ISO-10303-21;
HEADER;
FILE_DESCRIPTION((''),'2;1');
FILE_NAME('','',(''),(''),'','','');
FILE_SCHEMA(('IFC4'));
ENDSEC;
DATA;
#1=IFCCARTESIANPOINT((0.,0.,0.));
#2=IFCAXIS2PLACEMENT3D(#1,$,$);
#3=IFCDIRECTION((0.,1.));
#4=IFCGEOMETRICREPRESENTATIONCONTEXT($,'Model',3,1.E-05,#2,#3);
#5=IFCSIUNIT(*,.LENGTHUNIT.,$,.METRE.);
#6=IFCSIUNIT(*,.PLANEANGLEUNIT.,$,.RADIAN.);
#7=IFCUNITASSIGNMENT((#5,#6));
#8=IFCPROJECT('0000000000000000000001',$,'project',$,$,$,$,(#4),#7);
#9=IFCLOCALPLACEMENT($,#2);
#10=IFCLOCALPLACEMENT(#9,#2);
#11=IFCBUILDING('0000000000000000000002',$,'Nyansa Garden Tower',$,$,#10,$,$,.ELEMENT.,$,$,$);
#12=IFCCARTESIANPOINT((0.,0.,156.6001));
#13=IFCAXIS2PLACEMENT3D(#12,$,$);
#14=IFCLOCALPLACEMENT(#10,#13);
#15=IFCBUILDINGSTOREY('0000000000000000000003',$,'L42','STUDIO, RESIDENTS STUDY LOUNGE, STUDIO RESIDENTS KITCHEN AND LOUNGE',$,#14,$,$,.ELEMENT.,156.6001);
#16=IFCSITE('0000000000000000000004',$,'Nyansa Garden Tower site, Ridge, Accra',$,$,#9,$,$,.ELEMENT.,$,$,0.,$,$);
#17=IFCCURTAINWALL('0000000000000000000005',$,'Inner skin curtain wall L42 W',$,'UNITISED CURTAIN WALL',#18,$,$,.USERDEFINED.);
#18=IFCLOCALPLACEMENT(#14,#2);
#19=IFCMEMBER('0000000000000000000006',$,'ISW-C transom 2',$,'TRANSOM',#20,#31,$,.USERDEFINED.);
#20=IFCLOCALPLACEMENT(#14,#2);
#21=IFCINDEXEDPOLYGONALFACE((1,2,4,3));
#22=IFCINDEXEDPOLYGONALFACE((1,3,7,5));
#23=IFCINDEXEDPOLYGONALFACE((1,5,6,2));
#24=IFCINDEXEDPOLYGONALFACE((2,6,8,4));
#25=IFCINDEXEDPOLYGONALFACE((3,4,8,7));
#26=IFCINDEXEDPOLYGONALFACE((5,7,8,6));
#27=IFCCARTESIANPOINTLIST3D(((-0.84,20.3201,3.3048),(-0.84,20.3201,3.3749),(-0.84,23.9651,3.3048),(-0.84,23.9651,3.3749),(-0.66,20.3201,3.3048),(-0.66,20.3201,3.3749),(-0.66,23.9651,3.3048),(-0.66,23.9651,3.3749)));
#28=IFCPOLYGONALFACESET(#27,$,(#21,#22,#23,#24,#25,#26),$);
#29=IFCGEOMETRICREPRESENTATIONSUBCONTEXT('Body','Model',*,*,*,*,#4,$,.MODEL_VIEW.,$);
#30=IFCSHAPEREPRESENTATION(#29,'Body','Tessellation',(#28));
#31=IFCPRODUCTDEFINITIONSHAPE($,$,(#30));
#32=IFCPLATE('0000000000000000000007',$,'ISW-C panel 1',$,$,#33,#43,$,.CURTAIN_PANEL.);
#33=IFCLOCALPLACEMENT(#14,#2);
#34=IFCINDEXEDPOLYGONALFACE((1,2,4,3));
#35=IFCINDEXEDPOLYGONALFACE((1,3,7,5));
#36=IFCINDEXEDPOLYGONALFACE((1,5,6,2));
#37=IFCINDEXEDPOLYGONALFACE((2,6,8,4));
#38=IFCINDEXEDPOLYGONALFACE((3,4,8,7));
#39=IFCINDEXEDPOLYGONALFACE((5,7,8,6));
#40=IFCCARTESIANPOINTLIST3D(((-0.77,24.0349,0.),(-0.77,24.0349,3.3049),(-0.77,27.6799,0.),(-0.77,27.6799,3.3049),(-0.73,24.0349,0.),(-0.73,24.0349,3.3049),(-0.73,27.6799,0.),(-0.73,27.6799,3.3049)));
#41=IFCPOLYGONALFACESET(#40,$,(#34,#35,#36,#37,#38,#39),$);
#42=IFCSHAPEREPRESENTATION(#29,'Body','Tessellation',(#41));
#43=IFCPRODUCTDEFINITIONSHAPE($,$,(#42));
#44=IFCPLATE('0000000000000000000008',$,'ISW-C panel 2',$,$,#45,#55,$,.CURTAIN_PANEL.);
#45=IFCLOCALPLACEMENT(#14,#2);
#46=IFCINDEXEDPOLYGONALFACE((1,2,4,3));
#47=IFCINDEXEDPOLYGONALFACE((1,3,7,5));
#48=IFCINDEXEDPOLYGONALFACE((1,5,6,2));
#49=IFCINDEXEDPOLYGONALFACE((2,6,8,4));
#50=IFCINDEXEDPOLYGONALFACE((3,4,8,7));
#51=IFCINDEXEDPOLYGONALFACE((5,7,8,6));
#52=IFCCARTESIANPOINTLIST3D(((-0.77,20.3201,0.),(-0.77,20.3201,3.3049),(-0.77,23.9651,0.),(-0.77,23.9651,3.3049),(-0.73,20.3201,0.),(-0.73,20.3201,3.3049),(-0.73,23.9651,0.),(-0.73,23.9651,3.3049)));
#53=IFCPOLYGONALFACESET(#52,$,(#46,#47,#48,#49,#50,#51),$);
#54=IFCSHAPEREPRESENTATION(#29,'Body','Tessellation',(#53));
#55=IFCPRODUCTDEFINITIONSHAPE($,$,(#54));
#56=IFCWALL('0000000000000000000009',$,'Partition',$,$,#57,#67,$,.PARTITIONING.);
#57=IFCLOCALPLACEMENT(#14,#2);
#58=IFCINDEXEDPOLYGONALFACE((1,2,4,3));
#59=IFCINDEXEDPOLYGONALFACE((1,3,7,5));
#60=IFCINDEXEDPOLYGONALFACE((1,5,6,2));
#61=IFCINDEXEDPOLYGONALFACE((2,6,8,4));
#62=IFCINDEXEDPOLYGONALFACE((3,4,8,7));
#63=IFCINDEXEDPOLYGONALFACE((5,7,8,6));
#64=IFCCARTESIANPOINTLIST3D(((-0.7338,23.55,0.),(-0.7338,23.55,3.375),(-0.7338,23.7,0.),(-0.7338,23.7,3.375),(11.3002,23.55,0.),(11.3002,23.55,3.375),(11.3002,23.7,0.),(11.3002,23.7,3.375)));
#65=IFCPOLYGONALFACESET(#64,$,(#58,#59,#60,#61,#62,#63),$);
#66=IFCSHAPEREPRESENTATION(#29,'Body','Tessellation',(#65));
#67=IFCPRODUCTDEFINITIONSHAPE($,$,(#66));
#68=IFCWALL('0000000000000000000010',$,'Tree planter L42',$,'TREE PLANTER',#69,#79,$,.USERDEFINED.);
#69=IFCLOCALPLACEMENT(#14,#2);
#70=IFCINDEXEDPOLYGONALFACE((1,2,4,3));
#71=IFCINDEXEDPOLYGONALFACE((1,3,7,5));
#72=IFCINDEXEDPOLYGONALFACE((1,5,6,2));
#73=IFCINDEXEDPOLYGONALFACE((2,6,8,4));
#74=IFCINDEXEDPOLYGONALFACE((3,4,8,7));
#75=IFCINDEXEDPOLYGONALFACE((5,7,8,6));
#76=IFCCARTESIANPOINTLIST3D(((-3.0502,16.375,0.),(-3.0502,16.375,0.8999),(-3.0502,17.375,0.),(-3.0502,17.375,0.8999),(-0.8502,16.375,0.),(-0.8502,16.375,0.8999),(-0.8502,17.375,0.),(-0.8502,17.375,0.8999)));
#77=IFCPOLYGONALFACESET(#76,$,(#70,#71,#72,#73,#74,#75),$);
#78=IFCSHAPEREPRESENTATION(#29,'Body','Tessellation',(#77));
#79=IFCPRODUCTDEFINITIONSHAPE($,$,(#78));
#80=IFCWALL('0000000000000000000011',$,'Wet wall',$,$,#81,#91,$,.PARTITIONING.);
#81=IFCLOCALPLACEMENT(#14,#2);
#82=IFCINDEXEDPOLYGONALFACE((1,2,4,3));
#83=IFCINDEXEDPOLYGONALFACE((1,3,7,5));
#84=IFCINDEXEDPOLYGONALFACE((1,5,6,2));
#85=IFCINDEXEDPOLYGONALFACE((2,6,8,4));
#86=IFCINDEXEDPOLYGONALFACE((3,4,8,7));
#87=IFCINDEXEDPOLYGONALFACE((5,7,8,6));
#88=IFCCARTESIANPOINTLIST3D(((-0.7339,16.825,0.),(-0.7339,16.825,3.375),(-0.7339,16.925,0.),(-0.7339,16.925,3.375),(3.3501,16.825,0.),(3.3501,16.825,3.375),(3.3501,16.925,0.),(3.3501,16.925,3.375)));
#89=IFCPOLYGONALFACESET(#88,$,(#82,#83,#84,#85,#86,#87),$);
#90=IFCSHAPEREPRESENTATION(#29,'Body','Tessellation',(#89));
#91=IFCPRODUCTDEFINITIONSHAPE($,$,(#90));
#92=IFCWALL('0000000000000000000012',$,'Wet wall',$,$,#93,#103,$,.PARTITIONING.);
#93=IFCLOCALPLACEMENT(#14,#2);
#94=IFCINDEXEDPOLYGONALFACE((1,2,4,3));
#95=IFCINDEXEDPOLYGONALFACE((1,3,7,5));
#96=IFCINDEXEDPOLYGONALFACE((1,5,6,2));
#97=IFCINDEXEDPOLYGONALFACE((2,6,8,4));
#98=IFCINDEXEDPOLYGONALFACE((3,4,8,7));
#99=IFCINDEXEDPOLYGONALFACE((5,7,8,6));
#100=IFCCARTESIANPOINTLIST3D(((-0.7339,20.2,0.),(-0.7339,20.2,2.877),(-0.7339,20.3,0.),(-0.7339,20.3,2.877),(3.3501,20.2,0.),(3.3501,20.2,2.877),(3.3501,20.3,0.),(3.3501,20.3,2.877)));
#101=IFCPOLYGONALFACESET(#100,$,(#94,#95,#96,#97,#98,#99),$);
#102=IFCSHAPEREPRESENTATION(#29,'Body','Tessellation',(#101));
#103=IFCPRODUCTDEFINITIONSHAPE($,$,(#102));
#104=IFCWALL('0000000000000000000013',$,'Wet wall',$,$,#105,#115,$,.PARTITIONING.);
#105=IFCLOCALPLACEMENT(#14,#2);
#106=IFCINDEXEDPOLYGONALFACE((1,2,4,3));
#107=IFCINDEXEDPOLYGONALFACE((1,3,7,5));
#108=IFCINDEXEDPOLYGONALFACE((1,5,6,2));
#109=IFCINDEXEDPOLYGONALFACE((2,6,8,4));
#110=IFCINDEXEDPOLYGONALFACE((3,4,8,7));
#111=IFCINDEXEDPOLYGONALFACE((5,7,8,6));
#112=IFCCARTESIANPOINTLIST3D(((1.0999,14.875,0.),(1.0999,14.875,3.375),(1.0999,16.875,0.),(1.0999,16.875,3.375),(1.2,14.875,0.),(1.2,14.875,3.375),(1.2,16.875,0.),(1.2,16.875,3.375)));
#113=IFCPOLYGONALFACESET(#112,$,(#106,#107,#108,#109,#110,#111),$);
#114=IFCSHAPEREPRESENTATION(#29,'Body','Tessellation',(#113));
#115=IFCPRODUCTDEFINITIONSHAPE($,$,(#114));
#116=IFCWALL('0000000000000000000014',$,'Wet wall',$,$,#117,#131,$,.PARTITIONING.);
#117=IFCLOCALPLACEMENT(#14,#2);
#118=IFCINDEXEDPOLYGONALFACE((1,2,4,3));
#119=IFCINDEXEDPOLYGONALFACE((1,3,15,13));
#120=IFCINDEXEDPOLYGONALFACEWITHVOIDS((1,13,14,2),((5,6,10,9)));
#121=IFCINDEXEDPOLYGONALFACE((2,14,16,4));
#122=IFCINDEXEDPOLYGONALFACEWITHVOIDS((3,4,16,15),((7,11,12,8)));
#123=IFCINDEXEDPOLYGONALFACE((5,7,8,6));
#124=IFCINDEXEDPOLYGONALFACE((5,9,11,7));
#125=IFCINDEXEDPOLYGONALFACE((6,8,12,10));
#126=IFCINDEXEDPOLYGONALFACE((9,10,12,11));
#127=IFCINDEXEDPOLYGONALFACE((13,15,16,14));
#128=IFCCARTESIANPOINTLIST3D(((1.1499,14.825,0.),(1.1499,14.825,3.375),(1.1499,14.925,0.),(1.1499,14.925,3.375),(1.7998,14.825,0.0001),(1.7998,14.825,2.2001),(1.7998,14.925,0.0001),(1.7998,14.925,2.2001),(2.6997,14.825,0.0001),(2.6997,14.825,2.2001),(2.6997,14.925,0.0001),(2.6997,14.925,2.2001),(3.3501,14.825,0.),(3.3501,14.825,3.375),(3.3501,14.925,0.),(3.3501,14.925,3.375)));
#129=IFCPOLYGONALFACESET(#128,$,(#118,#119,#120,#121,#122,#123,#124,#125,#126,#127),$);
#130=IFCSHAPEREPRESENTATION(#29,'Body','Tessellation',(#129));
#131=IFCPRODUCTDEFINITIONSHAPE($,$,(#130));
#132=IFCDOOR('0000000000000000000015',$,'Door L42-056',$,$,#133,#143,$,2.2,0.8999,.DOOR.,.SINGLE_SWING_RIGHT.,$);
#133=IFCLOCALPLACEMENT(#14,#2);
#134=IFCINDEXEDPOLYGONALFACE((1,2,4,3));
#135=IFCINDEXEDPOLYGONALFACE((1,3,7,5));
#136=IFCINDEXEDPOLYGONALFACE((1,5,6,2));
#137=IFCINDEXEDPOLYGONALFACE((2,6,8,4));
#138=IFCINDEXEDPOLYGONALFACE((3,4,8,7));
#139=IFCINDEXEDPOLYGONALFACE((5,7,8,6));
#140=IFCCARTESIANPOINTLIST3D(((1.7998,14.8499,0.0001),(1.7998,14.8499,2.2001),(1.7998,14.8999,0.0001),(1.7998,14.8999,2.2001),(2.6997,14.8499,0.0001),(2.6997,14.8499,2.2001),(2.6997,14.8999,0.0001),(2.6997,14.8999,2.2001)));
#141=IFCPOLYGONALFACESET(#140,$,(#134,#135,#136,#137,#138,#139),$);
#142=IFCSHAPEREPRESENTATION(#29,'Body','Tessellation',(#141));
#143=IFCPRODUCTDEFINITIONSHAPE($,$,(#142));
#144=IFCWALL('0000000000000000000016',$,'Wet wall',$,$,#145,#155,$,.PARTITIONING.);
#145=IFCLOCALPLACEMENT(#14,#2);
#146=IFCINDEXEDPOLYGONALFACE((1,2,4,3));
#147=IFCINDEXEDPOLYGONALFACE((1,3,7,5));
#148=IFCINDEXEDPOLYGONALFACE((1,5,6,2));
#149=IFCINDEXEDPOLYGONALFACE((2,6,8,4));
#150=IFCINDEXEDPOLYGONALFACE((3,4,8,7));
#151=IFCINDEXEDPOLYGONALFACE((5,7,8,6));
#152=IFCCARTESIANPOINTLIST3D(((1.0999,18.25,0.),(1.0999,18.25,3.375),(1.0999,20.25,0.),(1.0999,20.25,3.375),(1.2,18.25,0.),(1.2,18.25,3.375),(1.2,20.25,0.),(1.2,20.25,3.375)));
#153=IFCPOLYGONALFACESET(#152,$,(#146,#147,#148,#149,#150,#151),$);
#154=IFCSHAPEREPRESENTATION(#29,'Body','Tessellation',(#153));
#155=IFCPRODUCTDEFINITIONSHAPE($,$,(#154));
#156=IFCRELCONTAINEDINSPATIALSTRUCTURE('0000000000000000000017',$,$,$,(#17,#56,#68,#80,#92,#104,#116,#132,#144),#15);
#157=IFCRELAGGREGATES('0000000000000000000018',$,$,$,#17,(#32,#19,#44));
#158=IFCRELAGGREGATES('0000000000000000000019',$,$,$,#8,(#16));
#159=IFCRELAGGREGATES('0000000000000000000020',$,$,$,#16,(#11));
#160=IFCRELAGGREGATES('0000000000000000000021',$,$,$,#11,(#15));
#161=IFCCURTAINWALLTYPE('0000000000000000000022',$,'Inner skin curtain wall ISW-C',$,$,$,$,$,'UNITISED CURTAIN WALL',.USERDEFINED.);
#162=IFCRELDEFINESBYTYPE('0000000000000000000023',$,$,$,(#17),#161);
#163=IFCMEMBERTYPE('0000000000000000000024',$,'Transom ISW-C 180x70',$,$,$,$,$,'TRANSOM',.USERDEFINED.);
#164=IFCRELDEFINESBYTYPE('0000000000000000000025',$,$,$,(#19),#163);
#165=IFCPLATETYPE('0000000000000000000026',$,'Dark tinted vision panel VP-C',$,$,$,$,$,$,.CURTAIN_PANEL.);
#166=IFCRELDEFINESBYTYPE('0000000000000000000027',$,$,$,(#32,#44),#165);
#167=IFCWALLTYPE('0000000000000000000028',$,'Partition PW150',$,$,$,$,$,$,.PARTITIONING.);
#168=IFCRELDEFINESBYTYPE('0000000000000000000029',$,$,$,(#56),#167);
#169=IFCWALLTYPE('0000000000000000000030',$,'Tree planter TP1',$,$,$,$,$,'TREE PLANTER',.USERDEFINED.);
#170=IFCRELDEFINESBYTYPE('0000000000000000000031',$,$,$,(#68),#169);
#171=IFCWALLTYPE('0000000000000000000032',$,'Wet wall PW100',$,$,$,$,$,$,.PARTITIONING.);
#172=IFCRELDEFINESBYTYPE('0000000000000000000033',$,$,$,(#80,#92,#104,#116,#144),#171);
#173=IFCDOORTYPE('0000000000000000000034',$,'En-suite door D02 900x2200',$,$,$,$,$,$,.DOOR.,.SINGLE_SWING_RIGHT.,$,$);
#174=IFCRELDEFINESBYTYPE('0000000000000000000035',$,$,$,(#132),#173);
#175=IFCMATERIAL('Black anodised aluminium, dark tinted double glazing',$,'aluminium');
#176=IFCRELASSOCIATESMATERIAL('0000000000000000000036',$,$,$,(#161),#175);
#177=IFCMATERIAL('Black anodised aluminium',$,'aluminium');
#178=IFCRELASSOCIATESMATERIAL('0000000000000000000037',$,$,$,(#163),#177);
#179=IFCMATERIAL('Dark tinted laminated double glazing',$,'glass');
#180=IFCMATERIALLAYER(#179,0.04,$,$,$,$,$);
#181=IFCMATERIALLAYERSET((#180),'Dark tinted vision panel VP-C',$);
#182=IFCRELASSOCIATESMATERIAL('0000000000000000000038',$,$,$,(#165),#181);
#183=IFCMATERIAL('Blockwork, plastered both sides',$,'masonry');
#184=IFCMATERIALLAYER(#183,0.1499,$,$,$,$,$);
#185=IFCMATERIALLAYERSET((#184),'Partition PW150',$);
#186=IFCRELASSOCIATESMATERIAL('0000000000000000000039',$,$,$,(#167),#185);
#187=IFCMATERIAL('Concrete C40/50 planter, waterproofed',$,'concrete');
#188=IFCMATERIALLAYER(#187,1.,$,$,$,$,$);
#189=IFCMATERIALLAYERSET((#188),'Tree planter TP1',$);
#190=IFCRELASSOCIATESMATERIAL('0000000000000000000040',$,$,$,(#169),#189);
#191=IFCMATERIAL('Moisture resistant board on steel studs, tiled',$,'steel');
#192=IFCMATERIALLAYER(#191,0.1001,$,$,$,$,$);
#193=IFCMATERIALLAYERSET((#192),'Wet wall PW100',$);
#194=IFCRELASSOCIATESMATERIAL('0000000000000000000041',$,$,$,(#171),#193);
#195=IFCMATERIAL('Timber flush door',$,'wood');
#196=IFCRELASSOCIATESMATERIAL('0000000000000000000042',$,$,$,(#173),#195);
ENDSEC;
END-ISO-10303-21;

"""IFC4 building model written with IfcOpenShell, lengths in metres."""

from ifc_helpers import new_model, si_unit, direction, frame, frame_2d, origin, origin_2d, place, context, subcontext, project, spatial, rectangle, extrude, material, layer, layer_set, material_profile, profile_set, type_object, element, fill, aggregate, save


model = new_model("IFC4")

# Units and contexts
model_context = context("Model", 3, precision=1e-05, world=origin(), true_north=direction((0.0, 1.0)))
body_context = subcontext(model_context, "Body", "Model", "MODEL_VIEW")
ifc_project = project(units=[si_unit("LENGTHUNIT", "METRE"), si_unit("PLANEANGLEUNIT", "RADIAN")], contexts=[model_context])

# Site, building, storey
site_placement = place(None, origin())
site = spatial("IfcSite", under=ifc_project, at=site_placement, Name="Nyansa Garden Tower site, Ridge, Accra", CompositionType="ELEMENT", RefElevation=0.0)
building_placement = place(site_placement, origin())
building = spatial("IfcBuilding", under=site, at=building_placement, Name="Nyansa Garden Tower", CompositionType="ELEMENT")
storey_placement = place(building_placement, frame((0.0, 0.0, 156.6001)))
storey = spatial("IfcBuildingStorey", under=building, at=storey_placement, Name="L42", Description="STUDIO, RESIDENTS STUDY LOUNGE, STUDIO RESIDENTS KITCHEN AND LOUNGE", CompositionType="ELEMENT", Elevation=156.6001)

# Curtain wall
ifc_material_1 = material(Name="Black anodised aluminium, dark tinted double glazing", Category="aluminium")
curtain_wall_type = type_object("IfcCurtainWallType", Name="Inner skin curtain wall ISW-C", ElementType="UNITISED CURTAIN WALL", PredefinedType="USERDEFINED", material=ifc_material_1)
curtain_wall_placement = place(storey_placement, origin())
curtain_wall = element("IfcCurtainWall", 1, at=curtain_wall_placement, inside=storey, type_object=curtain_wall_type, Name="Inner skin curtain wall L42 W", ObjectType="UNITISED CURTAIN WALL", PredefinedType="USERDEFINED")

# Member
ifc_material_2 = material(Name="Black anodised aluminium", Category="aluminium")
ifc_material_profile_1 = material_profile(ifc_material_2, rectangle(XDim=0.1799, YDim=0.0701, at=origin_2d()), Name="Transom 180x70")
ifc_profile_set_1 = profile_set([ifc_material_profile_1], Name="Black anodised aluminium")
member_type_1 = type_object("IfcMemberType", Name="Transom ISW-C 180x70", ElementType="TRANSOM", PredefinedType="USERDEFINED", material=ifc_profile_set_1)
member_1_placement = place(storey_placement, frame((-0.75, 23.9651, 3.3398), z_axis=(0.0, -1.0, 0.0), x_axis=(1.0, 0.0, 0.0)))
member_1 = element("IfcMember", 2, at=member_1_placement, type_object=member_type_1, Name="ISW-C transom 2", ObjectType="TRANSOM", PredefinedType="USERDEFINED", context=body_context, shape_type="SweptSolid", body=[
    extrude(rectangle(XDim=0.1799, YDim=0.0701, at=origin_2d()), origin(), (0.0, 0.0, 1.0), 3.645),
])

# Plates
ifc_material_3 = material(Name="Dark tinted laminated double glazing", Category="glass")
ifc_layer_1 = layer(ifc_material_3, 0.04)
ifc_layer_set_1 = layer_set([ifc_layer_1], Name="Dark tinted vision panel VP-C")
plate_type = type_object("IfcPlateType", Name="Dark tinted vision panel VP-C", PredefinedType="CURTAIN_PANEL", material=ifc_layer_set_1)
plate_1_placement = place(storey_placement, frame((-0.75, 25.8574, 0.0), z_axis=(0.0, 0.0, 1.0), x_axis=(0.0, -1.0, 0.0)))
plate_1 = element("IfcPlate", 3, at=plate_1_placement, type_object=plate_type, Name="ISW-C panel 1", PredefinedType="CURTAIN_PANEL", context=body_context, shape_type="SweptSolid", body=[
    extrude(rectangle(XDim=3.645, YDim=0.04, at=origin_2d()), origin(), (0.0, 0.0, 1.0), 3.3049),
])
plate_2_placement = place(storey_placement, frame((-0.75, 22.1426, 0.0), z_axis=(0.0, 0.0, 1.0), x_axis=(0.0, -1.0, 0.0)))
plate_2 = element("IfcPlate", 4, at=plate_2_placement, type_object=plate_type, Name="ISW-C panel 2", PredefinedType="CURTAIN_PANEL", context=body_context, shape_type="SweptSolid", body=[
    extrude(rectangle(XDim=3.645, YDim=0.04, at=origin_2d()), origin(), (0.0, 0.0, 1.0), 3.3049),
])
aggregate(curtain_wall, [plate_1, member_1, plate_2])

# Walls
ifc_material_4 = material(Name="Blockwork, plastered both sides", Category="masonry")
ifc_layer_2 = layer(ifc_material_4, 0.1499)
ifc_layer_set_2 = layer_set([ifc_layer_2], Name="Partition PW150")
wall_type_1 = type_object("IfcWallType", Name="Partition PW150", PredefinedType="PARTITIONING", material=ifc_layer_set_2)
wall_1_placement = place(storey_placement, frame((-0.7339, 23.625, 0.0), z_axis=(0.0, 0.0, 1.0), x_axis=(1.0, 0.0, 0.0)))
element("IfcWall", 5, at=wall_1_placement, inside=storey, type_object=wall_type_1, Name="Partition", PredefinedType="PARTITIONING", context=body_context, shape_type="SweptSolid", body=[
    extrude(rectangle(XDim=12.0339, YDim=0.1499, at=frame_2d((6.0171, 0.0))), origin(), (0.0, 0.0, 1.0), 3.375),
])
ifc_material_5 = material(Name="Concrete C40/50 planter, waterproofed", Category="concrete")
ifc_layer_3 = layer(ifc_material_5, 1.0)
ifc_layer_set_3 = layer_set([ifc_layer_3], Name="Tree planter TP1")
wall_type_2 = type_object("IfcWallType", Name="Tree planter TP1", ElementType="TREE PLANTER", PredefinedType="USERDEFINED", material=ifc_layer_set_3)
wall_2_placement = place(storey_placement, frame((-0.8501, 16.875, 0.0), z_axis=(0.0, 0.0, 1.0), x_axis=(-1.0, 0.0, 0.0)))
element("IfcWall", 6, at=wall_2_placement, inside=storey, type_object=wall_type_2, Name="Tree planter L42", ObjectType="TREE PLANTER", PredefinedType="USERDEFINED", context=body_context, shape_type="SweptSolid", body=[
    extrude(rectangle(XDim=2.2, YDim=1.0, at=frame_2d((1.1001, 0.0))), origin(), (0.0, 0.0, 1.0), 0.8999),
])
ifc_material_6 = material(Name="Moisture resistant board on steel studs, tiled", Category="steel")
ifc_layer_4 = layer(ifc_material_6, 0.1001)
ifc_layer_set_4 = layer_set([ifc_layer_4], Name="Wet wall PW100")
wall_type_3 = type_object("IfcWallType", Name="Wet wall PW100", PredefinedType="PARTITIONING", material=ifc_layer_set_4)
wall_3_placement = place(storey_placement, frame((-0.7339, 16.875, 0.0), z_axis=(0.0, 0.0, 1.0), x_axis=(1.0, 0.0, 0.0)))
element("IfcWall", 7, at=wall_3_placement, inside=storey, type_object=wall_type_3, Name="Wet wall", PredefinedType="PARTITIONING", context=body_context, shape_type="SweptSolid", body=[
    extrude(rectangle(XDim=4.084, YDim=0.1001, at=frame_2d((2.042, 0.0))), origin(), (0.0, 0.0, 1.0), 3.375),
])
wall_4_placement = place(storey_placement, frame((-0.7339, 20.25, 0.0), z_axis=(0.0, 0.0, 1.0), x_axis=(1.0, 0.0, 0.0)))
element("IfcWall", 8, at=wall_4_placement, inside=storey, type_object=wall_type_3, Name="Wet wall", PredefinedType="PARTITIONING", context=body_context, shape_type="SweptSolid", body=[
    extrude(rectangle(XDim=4.084, YDim=0.1001, at=frame_2d((2.042, 0.0))), origin(), (0.0, 0.0, 1.0), 2.877),
])
wall_5_placement = place(storey_placement, frame((1.1499, 14.875, 0.0), z_axis=(0.0, 0.0, 1.0), x_axis=(0.0, 1.0, 0.0)))
element("IfcWall", 9, at=wall_5_placement, inside=storey, type_object=wall_type_3, Name="Wet wall", PredefinedType="PARTITIONING", context=body_context, shape_type="SweptSolid", body=[
    extrude(rectangle(XDim=2.0, YDim=0.1001, at=frame_2d((1.0, 0.0))), origin(), (0.0, 0.0, 1.0), 3.375),
])

# Wall, opening, door
wall_6_placement = place(storey_placement, frame((1.1499, 14.875, 0.0), z_axis=(0.0, 0.0, 1.0), x_axis=(1.0, 0.0, 0.0)))
wall_6 = element("IfcWall", 10, at=wall_6_placement, inside=storey, type_object=wall_type_3, Name="Wet wall", PredefinedType="PARTITIONING", context=body_context, shape_type="SweptSolid", body=[
    extrude(rectangle(XDim=2.2002, YDim=0.1001, at=frame_2d((1.1001, 0.0))), origin(), (0.0, 0.0, 1.0), 3.375),
])
opening_1_placement = place(wall_6_placement, frame((0.6499, 0.0, 0.0)))
opening_1 = element("IfcOpeningElement", 11, at=opening_1_placement, cuts=wall_6, PredefinedType="OPENING", context=body_context, shape_type="SweptSolid", body=[
    extrude(rectangle(XDim=0.8999, YDim=2.2, at=frame_2d((0.45, 1.1001))), frame((0.0, 0.0601, 0.0), z_axis=(0.0, -1.0, 0.0), x_axis=(1.0, 0.0, 0.0)), (0.0, 0.0, 1.0), 0.1201),
])
ifc_material_7 = material(Name="Timber flush door", Category="wood")
door_type = type_object("IfcDoorType", Name="En-suite door D02 900x2200", OperationType="SINGLE_SWING_RIGHT", PredefinedType="DOOR", material=ifc_material_7)
door_1_placement = place(opening_1_placement, origin())
door_1 = element("IfcDoor", 12, at=door_1_placement, inside=storey, type_object=door_type, Name="Door L42-056", OperationType="SINGLE_SWING_RIGHT", OverallHeight=2.2, OverallWidth=0.8999, PredefinedType="DOOR", context=body_context, shape_type="SweptSolid", body=[
    extrude(rectangle(XDim=0.8999, YDim=2.2, at=frame_2d((0.45, 1.1001))), frame((0.0, 0.0249, 0.0), z_axis=(0.0, -1.0, 0.0), x_axis=(1.0, 0.0, 0.0)), (0.0, 0.0, 1.0), 0.05),
])
fill(opening_1, door_1)

# Wall
wall_7_placement = place(storey_placement, frame((1.1499, 18.25, 0.0), z_axis=(0.0, 0.0, 1.0), x_axis=(0.0, 1.0, 0.0)))
element("IfcWall", 13, at=wall_7_placement, inside=storey, type_object=wall_type_3, Name="Wet wall", PredefinedType="PARTITIONING", context=body_context, shape_type="SweptSolid", body=[
    extrude(rectangle(XDim=2.0, YDim=0.1001, at=frame_2d((1.0, 0.0))), origin(), (0.0, 0.0, 1.0), 3.375),
])

save(model, "model.ifc")
